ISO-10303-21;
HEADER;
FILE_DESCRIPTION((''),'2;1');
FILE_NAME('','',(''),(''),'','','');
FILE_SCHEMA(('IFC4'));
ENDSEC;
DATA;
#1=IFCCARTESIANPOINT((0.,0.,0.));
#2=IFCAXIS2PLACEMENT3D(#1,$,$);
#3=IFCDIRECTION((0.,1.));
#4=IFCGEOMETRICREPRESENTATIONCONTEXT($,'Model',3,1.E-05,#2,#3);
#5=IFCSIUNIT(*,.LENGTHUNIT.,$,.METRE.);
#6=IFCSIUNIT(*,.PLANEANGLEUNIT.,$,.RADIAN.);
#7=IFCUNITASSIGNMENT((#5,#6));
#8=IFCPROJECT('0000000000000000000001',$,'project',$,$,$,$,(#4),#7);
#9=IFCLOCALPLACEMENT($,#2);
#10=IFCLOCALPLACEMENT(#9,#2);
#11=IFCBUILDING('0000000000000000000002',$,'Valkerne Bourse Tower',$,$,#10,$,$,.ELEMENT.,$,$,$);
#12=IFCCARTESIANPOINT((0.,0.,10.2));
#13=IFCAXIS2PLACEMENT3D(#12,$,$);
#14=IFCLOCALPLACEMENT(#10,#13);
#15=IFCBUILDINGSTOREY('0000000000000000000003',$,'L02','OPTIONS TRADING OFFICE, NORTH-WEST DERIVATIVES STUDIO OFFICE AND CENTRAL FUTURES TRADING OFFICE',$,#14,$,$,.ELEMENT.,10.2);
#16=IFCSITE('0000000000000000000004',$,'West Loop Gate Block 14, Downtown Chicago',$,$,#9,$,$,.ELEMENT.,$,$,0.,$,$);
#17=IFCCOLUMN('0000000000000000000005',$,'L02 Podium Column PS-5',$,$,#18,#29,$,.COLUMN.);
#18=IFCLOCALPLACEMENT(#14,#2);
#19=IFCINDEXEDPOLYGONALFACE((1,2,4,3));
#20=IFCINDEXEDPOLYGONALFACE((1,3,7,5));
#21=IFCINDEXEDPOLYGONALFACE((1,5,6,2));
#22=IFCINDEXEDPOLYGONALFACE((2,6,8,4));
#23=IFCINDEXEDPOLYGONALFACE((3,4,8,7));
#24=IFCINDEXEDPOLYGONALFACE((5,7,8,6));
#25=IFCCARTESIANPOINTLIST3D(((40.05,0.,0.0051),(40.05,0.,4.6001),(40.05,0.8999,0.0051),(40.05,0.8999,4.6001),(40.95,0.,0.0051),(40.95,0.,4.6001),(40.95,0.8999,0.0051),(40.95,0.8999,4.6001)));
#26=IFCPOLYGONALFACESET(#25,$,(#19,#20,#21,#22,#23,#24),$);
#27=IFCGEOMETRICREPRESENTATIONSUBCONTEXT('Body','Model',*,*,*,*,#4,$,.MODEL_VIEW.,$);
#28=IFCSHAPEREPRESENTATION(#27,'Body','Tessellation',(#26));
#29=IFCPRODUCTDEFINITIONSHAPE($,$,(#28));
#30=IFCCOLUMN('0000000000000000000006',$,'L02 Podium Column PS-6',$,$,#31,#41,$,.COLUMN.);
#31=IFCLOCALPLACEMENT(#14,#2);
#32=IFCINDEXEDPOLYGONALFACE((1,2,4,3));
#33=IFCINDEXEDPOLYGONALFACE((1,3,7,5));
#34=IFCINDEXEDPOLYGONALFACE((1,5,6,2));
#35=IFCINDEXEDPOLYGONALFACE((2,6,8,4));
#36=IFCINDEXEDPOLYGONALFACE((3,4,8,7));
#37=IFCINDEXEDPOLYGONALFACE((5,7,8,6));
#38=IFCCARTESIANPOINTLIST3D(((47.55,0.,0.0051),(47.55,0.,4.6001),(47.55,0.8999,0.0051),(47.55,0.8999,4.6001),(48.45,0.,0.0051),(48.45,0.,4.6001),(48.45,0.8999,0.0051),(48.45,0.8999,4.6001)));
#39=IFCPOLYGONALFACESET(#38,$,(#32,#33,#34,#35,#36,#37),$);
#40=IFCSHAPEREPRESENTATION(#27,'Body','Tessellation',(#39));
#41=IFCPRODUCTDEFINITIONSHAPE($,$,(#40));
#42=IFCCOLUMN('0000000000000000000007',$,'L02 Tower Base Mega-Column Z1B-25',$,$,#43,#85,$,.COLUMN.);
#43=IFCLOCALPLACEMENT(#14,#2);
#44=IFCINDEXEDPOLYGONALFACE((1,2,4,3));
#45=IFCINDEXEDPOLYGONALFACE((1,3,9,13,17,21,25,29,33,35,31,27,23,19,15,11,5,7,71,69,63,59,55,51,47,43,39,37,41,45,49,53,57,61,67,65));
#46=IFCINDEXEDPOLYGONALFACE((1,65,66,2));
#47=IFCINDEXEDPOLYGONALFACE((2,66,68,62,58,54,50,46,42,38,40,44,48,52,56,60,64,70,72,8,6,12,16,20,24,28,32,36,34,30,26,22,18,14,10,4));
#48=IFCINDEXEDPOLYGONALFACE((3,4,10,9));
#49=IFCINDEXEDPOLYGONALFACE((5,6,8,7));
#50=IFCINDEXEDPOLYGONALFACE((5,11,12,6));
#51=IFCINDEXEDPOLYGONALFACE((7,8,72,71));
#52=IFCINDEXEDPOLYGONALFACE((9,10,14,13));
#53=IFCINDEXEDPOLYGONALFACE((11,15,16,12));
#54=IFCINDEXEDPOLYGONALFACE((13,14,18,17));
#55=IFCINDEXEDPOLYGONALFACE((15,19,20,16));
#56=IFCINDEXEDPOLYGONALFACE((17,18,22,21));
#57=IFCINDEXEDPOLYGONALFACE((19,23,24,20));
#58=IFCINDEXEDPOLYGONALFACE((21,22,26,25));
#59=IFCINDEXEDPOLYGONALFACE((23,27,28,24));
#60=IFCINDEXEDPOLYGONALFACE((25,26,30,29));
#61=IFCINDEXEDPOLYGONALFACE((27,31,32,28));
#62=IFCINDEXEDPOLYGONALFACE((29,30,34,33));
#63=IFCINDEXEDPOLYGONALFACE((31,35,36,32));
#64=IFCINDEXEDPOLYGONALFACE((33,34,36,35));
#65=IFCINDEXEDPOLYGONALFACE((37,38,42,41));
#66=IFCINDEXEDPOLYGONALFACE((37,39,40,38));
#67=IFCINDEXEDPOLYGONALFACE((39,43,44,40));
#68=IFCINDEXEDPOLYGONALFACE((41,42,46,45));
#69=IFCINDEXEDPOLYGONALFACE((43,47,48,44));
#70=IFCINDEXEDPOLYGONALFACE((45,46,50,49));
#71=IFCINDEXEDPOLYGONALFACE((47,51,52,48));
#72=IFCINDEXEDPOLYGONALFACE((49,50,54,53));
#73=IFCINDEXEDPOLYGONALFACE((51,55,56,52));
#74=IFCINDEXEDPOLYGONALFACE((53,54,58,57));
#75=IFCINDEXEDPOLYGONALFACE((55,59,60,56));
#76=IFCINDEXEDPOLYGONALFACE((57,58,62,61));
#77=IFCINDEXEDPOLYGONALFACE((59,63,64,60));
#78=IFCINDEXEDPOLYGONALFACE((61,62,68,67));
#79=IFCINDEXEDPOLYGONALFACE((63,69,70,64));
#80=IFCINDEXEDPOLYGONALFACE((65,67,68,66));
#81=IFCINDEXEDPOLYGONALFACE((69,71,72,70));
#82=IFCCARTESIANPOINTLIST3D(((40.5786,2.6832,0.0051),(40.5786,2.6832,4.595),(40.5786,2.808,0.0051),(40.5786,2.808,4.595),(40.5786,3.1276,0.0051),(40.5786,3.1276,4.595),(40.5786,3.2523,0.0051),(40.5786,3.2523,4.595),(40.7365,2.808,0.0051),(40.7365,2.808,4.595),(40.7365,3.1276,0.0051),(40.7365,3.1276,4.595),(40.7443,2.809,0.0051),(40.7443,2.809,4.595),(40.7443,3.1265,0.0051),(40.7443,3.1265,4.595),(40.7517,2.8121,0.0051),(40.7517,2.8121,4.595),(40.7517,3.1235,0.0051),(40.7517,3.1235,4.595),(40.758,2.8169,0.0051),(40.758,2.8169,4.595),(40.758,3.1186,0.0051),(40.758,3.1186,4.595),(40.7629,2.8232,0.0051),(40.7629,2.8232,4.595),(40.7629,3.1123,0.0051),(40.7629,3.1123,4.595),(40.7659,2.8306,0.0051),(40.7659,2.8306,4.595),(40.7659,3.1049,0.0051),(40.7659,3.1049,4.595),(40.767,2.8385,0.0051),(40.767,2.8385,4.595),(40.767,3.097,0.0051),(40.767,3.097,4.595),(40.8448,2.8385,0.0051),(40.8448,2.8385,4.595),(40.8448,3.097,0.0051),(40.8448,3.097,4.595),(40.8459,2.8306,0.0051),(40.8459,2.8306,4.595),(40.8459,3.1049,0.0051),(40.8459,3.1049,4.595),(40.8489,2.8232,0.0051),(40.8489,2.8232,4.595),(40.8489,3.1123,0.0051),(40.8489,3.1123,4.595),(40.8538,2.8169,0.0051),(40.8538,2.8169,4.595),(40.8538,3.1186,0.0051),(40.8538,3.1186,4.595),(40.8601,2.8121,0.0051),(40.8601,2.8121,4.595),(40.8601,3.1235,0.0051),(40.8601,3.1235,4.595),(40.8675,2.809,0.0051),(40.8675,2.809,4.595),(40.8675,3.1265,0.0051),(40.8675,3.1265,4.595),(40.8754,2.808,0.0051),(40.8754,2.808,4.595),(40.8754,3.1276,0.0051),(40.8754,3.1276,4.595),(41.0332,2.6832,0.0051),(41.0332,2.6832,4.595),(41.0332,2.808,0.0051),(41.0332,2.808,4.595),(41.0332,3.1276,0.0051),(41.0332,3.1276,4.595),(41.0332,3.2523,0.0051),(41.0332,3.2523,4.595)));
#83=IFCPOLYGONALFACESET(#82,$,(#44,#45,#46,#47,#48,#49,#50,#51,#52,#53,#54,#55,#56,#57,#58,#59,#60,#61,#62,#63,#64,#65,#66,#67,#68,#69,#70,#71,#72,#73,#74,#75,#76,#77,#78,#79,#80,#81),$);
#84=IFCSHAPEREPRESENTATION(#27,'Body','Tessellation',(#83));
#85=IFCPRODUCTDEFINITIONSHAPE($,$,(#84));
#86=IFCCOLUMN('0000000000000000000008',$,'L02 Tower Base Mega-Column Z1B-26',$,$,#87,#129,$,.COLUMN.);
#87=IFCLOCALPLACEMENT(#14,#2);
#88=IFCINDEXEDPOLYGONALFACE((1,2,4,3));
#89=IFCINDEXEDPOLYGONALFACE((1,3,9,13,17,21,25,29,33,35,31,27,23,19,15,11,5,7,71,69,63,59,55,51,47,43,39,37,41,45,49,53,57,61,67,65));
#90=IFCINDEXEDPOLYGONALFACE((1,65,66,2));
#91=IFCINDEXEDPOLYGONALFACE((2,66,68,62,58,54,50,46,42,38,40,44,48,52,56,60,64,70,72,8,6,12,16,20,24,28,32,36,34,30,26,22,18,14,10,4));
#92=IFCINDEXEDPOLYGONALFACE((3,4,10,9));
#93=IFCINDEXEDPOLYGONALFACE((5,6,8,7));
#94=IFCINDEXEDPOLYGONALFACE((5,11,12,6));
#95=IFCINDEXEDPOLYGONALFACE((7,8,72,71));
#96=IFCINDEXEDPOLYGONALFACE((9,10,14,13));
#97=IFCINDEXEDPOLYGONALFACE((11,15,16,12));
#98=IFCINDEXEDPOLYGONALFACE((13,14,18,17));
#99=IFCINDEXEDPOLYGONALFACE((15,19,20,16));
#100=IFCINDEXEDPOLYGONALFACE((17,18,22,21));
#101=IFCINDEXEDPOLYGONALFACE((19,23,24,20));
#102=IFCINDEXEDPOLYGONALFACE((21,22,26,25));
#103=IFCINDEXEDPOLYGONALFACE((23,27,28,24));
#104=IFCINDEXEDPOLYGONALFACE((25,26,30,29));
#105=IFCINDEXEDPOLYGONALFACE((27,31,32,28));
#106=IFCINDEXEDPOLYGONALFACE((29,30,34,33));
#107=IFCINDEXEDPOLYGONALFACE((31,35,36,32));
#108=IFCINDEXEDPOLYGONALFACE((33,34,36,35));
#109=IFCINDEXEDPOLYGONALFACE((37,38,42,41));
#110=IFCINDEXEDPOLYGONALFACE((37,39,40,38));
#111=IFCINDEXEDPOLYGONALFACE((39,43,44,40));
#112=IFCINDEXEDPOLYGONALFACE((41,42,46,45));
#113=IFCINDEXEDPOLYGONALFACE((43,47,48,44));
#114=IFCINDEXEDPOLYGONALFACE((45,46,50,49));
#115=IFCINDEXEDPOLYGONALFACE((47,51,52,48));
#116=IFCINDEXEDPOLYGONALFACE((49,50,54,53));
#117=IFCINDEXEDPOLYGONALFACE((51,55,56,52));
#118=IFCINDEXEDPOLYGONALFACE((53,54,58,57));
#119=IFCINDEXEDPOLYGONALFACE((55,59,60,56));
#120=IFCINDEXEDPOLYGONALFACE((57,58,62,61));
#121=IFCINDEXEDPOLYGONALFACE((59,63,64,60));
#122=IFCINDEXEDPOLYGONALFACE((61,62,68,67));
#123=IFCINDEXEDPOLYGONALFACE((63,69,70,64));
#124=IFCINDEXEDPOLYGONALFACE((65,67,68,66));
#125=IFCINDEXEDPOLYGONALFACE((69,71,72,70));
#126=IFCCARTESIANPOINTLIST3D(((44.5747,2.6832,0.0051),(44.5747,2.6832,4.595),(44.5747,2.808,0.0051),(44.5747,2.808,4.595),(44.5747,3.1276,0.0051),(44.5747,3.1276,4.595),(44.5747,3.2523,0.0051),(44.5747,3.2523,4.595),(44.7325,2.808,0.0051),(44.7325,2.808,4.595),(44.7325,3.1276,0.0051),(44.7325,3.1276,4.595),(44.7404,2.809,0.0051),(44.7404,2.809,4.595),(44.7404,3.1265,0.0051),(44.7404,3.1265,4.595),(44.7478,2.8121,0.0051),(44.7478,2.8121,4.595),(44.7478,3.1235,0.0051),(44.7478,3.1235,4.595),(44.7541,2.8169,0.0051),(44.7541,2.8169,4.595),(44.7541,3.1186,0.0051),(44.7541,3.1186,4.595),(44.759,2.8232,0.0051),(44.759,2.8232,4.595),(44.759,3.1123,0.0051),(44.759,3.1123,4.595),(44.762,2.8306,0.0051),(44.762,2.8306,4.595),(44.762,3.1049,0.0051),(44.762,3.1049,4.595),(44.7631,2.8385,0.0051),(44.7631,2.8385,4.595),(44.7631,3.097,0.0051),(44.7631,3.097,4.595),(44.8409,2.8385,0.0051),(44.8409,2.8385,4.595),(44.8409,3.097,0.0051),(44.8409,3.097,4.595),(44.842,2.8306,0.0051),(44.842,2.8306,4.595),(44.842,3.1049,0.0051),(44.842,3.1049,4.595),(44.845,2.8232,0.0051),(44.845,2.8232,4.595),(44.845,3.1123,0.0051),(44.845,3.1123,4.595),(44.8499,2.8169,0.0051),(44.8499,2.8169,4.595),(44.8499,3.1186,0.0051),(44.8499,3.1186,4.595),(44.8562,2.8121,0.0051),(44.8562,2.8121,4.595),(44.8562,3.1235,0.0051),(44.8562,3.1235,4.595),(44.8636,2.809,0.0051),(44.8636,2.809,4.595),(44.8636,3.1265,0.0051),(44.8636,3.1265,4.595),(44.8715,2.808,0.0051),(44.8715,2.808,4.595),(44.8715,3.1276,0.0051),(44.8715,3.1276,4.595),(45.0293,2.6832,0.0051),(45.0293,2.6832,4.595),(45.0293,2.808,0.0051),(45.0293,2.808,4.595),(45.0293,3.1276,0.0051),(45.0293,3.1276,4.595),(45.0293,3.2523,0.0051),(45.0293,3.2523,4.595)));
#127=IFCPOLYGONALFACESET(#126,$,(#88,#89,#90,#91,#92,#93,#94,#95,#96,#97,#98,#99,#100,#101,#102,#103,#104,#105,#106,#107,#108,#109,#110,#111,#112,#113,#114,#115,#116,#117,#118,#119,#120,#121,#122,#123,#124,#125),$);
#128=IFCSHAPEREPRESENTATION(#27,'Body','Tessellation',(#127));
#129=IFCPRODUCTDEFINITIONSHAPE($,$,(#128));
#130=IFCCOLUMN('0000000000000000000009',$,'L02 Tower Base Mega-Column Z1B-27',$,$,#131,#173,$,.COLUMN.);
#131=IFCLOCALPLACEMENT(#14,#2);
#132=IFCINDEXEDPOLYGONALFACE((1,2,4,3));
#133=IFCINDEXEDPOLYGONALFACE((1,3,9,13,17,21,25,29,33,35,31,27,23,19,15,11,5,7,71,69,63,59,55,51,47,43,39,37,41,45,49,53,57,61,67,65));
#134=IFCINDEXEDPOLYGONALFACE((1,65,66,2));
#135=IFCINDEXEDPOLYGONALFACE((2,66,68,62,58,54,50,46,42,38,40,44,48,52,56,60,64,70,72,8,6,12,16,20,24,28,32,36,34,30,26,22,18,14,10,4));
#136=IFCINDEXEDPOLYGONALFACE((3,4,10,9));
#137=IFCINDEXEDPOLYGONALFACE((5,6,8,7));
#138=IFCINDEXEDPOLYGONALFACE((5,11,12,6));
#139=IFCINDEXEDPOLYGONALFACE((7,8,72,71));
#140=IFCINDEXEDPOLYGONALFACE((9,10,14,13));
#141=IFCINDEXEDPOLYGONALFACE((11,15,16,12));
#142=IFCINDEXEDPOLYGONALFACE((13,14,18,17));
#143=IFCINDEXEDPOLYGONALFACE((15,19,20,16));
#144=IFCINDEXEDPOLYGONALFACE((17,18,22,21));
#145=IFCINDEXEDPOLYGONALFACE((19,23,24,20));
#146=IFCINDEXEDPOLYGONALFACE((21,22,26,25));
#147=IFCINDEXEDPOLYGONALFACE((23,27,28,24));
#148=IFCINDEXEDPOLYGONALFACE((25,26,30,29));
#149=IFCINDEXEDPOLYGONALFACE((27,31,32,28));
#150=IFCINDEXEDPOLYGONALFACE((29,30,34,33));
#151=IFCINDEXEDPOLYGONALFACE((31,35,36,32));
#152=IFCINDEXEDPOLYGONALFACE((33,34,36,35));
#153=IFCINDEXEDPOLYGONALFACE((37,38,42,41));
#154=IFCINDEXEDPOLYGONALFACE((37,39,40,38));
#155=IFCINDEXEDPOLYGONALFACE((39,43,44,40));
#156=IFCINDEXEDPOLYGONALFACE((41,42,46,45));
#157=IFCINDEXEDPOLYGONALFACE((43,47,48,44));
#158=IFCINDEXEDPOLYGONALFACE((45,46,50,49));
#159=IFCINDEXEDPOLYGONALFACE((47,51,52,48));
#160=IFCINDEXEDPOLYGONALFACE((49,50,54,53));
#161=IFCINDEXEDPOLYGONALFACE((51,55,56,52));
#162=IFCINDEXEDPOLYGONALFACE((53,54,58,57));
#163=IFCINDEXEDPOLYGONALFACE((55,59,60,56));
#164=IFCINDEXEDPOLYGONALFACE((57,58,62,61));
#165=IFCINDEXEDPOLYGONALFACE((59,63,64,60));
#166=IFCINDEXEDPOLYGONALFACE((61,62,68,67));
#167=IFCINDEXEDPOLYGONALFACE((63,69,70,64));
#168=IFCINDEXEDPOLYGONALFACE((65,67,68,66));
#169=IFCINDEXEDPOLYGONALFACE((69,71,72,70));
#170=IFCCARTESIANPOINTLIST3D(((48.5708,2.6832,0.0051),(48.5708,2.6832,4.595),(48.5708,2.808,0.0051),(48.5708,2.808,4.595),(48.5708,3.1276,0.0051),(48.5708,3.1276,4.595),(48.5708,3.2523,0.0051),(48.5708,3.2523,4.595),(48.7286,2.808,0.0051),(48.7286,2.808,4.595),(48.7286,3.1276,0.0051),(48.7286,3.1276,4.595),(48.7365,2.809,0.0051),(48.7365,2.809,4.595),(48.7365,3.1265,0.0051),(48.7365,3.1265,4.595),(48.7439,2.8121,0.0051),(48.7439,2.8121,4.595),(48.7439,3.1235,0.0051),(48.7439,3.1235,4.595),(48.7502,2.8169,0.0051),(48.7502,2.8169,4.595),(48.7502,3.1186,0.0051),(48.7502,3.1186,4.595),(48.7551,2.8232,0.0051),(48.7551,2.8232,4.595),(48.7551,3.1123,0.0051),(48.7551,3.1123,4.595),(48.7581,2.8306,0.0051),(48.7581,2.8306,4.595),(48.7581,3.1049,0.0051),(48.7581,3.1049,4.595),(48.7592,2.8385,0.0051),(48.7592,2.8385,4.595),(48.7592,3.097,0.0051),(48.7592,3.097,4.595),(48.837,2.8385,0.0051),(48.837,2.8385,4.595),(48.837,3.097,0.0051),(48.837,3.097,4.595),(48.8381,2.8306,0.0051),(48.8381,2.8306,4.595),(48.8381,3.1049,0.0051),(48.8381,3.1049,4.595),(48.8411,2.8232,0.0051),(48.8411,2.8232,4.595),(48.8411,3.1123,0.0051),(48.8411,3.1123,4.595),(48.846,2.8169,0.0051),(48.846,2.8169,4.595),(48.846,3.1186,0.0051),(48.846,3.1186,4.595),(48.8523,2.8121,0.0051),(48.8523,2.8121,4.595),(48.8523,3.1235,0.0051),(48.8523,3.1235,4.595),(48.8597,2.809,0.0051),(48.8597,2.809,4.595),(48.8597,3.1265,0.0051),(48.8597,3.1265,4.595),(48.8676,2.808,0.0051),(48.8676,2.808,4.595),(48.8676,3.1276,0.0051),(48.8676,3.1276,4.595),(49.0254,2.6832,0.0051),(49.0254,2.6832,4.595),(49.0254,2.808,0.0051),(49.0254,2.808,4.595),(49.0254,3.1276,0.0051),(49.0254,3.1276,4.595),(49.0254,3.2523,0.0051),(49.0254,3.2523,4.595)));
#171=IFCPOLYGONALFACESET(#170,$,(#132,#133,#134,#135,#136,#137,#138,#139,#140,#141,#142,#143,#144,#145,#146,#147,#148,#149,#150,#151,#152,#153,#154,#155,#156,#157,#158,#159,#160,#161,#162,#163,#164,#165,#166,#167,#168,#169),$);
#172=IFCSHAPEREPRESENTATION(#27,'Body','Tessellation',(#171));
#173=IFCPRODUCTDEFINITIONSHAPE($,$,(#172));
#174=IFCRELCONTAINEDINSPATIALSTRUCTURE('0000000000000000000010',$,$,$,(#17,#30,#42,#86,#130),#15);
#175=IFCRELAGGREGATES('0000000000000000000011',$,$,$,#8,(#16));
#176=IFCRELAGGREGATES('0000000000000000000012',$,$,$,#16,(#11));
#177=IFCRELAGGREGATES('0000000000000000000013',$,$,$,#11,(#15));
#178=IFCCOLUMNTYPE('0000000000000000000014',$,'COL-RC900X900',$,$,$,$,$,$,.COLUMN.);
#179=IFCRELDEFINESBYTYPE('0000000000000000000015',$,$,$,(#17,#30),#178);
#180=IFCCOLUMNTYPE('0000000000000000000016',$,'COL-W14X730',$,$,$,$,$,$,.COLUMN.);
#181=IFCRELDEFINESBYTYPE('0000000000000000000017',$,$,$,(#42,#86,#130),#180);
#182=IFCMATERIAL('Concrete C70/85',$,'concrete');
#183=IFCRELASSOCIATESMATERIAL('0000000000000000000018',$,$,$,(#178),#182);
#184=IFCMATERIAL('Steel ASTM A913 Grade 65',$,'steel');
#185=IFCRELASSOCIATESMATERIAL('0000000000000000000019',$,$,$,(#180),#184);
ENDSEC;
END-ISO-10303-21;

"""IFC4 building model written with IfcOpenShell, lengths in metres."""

from ifc_helpers import new_model, si_unit, direction, frame, origin, origin_2d, place, context, subcontext, project, spatial, rectangle, i_section, extrude, material, material_profile, profile_set, type_object, element, save


model = new_model("IFC4")

# Units and contexts
model_context = context("Model", 3, precision=1e-05, world=origin(), true_north=direction((0.0, 1.0)))
body_context = subcontext(model_context, "Body", "Model", "MODEL_VIEW")
ifc_project = project(units=[si_unit("LENGTHUNIT", "METRE"), si_unit("PLANEANGLEUNIT", "RADIAN")], contexts=[model_context])

# Site, building, storey
site_placement = place(None, origin())
site = spatial("IfcSite", under=ifc_project, at=site_placement, Name="West Loop Gate Block 14, Downtown Chicago", CompositionType="ELEMENT", RefElevation=0.0)
building_placement = place(site_placement, origin())
building = spatial("IfcBuilding", under=site, at=building_placement, Name="Valkerne Bourse Tower", CompositionType="ELEMENT")
storey_placement = place(building_placement, frame((0.0, 0.0, 10.2)))
storey = spatial("IfcBuildingStorey", under=building, at=storey_placement, Name="L02", Description="OPTIONS TRADING OFFICE, NORTH-WEST DERIVATIVES STUDIO OFFICE AND CENTRAL FUTURES TRADING OFFICE", CompositionType="ELEMENT", Elevation=10.2)

# Columns
ifc_material_1 = material(Name="Concrete C70/85", Category="concrete")
ifc_material_profile_1 = material_profile(ifc_material_1, rectangle(XDim=0.8999, YDim=0.8999, at=origin_2d()), Name="RC900X900")
ifc_profile_set_1 = profile_set([ifc_material_profile_1], Name="Concrete C70/85")
column_type_1 = type_object("IfcColumnType", Name="COL-RC900X900", PredefinedType="COLUMN", material=ifc_profile_set_1)
for number, where, z_axis, x_axis, name in (
    (1, (40.5, 0.45, 0.0051), (0.0, 0.0, 1.0), (1.0, 0.0, 0.0), "L02 Podium Column PS-5"),
    (2, (48.0, 0.45, 0.0051), (0.0, 0.0, 1.0), (1.0, 0.0, 0.0), "L02 Podium Column PS-6"),
):
    element("IfcColumn", number, at=place(storey_placement, frame(where, z_axis=z_axis, x_axis=x_axis)), inside=storey, type_object=column_type_1, Name=name, PredefinedType="COLUMN", context=body_context, shape_type="SweptSolid", body=[
        extrude(rectangle(XDim=0.8999, YDim=0.8999, at=origin_2d()), origin(), (0.0, 0.0, 1.0), 4.595),
    ])
ifc_material_2 = material(Name="Steel ASTM A913 Grade 65", Category="steel")
ifc_material_profile_2 = material_profile(ifc_material_2, i_section(OverallWidth=0.4546, OverallDepth=0.5691, WebThickness=0.0779, FlangeThickness=0.1248, FilletRadius=0.0305, at=origin_2d()), Name="W14X730")
ifc_profile_set_2 = profile_set([ifc_material_profile_2], Name="Steel ASTM A913 Grade 65")
column_type_2 = type_object("IfcColumnType", Name="COL-W14X730", PredefinedType="COLUMN", material=ifc_profile_set_2)
for number, where, z_axis, x_axis, name in (
    (3, (40.8059, 2.9678, 0.0051), (0.0, 0.0, 1.0), (1.0, 0.0, 0.0), "L02 Tower Base Mega-Column Z1B-25"),
    (4, (44.802, 2.9678, 0.0051), (0.0, 0.0, 1.0), (1.0, 0.0, 0.0), "L02 Tower Base Mega-Column Z1B-26"),
    (5, (48.7981, 2.9678, 0.0051), (0.0, 0.0, 1.0), (1.0, 0.0, 0.0), "L02 Tower Base Mega-Column Z1B-27"),
):
    element("IfcColumn", number, at=place(storey_placement, frame(where, z_axis=z_axis, x_axis=x_axis)), inside=storey, type_object=column_type_2, Name=name, PredefinedType="COLUMN", context=body_context, shape_type="SweptSolid", body=[
        extrude(i_section(OverallWidth=0.4546, OverallDepth=0.5691, WebThickness=0.0779, FlangeThickness=0.1248, FilletRadius=0.0305, at=origin_2d()), origin(), (0.0, 0.0, 1.0), 4.5898),
    ])

save(model, "model.ifc")
